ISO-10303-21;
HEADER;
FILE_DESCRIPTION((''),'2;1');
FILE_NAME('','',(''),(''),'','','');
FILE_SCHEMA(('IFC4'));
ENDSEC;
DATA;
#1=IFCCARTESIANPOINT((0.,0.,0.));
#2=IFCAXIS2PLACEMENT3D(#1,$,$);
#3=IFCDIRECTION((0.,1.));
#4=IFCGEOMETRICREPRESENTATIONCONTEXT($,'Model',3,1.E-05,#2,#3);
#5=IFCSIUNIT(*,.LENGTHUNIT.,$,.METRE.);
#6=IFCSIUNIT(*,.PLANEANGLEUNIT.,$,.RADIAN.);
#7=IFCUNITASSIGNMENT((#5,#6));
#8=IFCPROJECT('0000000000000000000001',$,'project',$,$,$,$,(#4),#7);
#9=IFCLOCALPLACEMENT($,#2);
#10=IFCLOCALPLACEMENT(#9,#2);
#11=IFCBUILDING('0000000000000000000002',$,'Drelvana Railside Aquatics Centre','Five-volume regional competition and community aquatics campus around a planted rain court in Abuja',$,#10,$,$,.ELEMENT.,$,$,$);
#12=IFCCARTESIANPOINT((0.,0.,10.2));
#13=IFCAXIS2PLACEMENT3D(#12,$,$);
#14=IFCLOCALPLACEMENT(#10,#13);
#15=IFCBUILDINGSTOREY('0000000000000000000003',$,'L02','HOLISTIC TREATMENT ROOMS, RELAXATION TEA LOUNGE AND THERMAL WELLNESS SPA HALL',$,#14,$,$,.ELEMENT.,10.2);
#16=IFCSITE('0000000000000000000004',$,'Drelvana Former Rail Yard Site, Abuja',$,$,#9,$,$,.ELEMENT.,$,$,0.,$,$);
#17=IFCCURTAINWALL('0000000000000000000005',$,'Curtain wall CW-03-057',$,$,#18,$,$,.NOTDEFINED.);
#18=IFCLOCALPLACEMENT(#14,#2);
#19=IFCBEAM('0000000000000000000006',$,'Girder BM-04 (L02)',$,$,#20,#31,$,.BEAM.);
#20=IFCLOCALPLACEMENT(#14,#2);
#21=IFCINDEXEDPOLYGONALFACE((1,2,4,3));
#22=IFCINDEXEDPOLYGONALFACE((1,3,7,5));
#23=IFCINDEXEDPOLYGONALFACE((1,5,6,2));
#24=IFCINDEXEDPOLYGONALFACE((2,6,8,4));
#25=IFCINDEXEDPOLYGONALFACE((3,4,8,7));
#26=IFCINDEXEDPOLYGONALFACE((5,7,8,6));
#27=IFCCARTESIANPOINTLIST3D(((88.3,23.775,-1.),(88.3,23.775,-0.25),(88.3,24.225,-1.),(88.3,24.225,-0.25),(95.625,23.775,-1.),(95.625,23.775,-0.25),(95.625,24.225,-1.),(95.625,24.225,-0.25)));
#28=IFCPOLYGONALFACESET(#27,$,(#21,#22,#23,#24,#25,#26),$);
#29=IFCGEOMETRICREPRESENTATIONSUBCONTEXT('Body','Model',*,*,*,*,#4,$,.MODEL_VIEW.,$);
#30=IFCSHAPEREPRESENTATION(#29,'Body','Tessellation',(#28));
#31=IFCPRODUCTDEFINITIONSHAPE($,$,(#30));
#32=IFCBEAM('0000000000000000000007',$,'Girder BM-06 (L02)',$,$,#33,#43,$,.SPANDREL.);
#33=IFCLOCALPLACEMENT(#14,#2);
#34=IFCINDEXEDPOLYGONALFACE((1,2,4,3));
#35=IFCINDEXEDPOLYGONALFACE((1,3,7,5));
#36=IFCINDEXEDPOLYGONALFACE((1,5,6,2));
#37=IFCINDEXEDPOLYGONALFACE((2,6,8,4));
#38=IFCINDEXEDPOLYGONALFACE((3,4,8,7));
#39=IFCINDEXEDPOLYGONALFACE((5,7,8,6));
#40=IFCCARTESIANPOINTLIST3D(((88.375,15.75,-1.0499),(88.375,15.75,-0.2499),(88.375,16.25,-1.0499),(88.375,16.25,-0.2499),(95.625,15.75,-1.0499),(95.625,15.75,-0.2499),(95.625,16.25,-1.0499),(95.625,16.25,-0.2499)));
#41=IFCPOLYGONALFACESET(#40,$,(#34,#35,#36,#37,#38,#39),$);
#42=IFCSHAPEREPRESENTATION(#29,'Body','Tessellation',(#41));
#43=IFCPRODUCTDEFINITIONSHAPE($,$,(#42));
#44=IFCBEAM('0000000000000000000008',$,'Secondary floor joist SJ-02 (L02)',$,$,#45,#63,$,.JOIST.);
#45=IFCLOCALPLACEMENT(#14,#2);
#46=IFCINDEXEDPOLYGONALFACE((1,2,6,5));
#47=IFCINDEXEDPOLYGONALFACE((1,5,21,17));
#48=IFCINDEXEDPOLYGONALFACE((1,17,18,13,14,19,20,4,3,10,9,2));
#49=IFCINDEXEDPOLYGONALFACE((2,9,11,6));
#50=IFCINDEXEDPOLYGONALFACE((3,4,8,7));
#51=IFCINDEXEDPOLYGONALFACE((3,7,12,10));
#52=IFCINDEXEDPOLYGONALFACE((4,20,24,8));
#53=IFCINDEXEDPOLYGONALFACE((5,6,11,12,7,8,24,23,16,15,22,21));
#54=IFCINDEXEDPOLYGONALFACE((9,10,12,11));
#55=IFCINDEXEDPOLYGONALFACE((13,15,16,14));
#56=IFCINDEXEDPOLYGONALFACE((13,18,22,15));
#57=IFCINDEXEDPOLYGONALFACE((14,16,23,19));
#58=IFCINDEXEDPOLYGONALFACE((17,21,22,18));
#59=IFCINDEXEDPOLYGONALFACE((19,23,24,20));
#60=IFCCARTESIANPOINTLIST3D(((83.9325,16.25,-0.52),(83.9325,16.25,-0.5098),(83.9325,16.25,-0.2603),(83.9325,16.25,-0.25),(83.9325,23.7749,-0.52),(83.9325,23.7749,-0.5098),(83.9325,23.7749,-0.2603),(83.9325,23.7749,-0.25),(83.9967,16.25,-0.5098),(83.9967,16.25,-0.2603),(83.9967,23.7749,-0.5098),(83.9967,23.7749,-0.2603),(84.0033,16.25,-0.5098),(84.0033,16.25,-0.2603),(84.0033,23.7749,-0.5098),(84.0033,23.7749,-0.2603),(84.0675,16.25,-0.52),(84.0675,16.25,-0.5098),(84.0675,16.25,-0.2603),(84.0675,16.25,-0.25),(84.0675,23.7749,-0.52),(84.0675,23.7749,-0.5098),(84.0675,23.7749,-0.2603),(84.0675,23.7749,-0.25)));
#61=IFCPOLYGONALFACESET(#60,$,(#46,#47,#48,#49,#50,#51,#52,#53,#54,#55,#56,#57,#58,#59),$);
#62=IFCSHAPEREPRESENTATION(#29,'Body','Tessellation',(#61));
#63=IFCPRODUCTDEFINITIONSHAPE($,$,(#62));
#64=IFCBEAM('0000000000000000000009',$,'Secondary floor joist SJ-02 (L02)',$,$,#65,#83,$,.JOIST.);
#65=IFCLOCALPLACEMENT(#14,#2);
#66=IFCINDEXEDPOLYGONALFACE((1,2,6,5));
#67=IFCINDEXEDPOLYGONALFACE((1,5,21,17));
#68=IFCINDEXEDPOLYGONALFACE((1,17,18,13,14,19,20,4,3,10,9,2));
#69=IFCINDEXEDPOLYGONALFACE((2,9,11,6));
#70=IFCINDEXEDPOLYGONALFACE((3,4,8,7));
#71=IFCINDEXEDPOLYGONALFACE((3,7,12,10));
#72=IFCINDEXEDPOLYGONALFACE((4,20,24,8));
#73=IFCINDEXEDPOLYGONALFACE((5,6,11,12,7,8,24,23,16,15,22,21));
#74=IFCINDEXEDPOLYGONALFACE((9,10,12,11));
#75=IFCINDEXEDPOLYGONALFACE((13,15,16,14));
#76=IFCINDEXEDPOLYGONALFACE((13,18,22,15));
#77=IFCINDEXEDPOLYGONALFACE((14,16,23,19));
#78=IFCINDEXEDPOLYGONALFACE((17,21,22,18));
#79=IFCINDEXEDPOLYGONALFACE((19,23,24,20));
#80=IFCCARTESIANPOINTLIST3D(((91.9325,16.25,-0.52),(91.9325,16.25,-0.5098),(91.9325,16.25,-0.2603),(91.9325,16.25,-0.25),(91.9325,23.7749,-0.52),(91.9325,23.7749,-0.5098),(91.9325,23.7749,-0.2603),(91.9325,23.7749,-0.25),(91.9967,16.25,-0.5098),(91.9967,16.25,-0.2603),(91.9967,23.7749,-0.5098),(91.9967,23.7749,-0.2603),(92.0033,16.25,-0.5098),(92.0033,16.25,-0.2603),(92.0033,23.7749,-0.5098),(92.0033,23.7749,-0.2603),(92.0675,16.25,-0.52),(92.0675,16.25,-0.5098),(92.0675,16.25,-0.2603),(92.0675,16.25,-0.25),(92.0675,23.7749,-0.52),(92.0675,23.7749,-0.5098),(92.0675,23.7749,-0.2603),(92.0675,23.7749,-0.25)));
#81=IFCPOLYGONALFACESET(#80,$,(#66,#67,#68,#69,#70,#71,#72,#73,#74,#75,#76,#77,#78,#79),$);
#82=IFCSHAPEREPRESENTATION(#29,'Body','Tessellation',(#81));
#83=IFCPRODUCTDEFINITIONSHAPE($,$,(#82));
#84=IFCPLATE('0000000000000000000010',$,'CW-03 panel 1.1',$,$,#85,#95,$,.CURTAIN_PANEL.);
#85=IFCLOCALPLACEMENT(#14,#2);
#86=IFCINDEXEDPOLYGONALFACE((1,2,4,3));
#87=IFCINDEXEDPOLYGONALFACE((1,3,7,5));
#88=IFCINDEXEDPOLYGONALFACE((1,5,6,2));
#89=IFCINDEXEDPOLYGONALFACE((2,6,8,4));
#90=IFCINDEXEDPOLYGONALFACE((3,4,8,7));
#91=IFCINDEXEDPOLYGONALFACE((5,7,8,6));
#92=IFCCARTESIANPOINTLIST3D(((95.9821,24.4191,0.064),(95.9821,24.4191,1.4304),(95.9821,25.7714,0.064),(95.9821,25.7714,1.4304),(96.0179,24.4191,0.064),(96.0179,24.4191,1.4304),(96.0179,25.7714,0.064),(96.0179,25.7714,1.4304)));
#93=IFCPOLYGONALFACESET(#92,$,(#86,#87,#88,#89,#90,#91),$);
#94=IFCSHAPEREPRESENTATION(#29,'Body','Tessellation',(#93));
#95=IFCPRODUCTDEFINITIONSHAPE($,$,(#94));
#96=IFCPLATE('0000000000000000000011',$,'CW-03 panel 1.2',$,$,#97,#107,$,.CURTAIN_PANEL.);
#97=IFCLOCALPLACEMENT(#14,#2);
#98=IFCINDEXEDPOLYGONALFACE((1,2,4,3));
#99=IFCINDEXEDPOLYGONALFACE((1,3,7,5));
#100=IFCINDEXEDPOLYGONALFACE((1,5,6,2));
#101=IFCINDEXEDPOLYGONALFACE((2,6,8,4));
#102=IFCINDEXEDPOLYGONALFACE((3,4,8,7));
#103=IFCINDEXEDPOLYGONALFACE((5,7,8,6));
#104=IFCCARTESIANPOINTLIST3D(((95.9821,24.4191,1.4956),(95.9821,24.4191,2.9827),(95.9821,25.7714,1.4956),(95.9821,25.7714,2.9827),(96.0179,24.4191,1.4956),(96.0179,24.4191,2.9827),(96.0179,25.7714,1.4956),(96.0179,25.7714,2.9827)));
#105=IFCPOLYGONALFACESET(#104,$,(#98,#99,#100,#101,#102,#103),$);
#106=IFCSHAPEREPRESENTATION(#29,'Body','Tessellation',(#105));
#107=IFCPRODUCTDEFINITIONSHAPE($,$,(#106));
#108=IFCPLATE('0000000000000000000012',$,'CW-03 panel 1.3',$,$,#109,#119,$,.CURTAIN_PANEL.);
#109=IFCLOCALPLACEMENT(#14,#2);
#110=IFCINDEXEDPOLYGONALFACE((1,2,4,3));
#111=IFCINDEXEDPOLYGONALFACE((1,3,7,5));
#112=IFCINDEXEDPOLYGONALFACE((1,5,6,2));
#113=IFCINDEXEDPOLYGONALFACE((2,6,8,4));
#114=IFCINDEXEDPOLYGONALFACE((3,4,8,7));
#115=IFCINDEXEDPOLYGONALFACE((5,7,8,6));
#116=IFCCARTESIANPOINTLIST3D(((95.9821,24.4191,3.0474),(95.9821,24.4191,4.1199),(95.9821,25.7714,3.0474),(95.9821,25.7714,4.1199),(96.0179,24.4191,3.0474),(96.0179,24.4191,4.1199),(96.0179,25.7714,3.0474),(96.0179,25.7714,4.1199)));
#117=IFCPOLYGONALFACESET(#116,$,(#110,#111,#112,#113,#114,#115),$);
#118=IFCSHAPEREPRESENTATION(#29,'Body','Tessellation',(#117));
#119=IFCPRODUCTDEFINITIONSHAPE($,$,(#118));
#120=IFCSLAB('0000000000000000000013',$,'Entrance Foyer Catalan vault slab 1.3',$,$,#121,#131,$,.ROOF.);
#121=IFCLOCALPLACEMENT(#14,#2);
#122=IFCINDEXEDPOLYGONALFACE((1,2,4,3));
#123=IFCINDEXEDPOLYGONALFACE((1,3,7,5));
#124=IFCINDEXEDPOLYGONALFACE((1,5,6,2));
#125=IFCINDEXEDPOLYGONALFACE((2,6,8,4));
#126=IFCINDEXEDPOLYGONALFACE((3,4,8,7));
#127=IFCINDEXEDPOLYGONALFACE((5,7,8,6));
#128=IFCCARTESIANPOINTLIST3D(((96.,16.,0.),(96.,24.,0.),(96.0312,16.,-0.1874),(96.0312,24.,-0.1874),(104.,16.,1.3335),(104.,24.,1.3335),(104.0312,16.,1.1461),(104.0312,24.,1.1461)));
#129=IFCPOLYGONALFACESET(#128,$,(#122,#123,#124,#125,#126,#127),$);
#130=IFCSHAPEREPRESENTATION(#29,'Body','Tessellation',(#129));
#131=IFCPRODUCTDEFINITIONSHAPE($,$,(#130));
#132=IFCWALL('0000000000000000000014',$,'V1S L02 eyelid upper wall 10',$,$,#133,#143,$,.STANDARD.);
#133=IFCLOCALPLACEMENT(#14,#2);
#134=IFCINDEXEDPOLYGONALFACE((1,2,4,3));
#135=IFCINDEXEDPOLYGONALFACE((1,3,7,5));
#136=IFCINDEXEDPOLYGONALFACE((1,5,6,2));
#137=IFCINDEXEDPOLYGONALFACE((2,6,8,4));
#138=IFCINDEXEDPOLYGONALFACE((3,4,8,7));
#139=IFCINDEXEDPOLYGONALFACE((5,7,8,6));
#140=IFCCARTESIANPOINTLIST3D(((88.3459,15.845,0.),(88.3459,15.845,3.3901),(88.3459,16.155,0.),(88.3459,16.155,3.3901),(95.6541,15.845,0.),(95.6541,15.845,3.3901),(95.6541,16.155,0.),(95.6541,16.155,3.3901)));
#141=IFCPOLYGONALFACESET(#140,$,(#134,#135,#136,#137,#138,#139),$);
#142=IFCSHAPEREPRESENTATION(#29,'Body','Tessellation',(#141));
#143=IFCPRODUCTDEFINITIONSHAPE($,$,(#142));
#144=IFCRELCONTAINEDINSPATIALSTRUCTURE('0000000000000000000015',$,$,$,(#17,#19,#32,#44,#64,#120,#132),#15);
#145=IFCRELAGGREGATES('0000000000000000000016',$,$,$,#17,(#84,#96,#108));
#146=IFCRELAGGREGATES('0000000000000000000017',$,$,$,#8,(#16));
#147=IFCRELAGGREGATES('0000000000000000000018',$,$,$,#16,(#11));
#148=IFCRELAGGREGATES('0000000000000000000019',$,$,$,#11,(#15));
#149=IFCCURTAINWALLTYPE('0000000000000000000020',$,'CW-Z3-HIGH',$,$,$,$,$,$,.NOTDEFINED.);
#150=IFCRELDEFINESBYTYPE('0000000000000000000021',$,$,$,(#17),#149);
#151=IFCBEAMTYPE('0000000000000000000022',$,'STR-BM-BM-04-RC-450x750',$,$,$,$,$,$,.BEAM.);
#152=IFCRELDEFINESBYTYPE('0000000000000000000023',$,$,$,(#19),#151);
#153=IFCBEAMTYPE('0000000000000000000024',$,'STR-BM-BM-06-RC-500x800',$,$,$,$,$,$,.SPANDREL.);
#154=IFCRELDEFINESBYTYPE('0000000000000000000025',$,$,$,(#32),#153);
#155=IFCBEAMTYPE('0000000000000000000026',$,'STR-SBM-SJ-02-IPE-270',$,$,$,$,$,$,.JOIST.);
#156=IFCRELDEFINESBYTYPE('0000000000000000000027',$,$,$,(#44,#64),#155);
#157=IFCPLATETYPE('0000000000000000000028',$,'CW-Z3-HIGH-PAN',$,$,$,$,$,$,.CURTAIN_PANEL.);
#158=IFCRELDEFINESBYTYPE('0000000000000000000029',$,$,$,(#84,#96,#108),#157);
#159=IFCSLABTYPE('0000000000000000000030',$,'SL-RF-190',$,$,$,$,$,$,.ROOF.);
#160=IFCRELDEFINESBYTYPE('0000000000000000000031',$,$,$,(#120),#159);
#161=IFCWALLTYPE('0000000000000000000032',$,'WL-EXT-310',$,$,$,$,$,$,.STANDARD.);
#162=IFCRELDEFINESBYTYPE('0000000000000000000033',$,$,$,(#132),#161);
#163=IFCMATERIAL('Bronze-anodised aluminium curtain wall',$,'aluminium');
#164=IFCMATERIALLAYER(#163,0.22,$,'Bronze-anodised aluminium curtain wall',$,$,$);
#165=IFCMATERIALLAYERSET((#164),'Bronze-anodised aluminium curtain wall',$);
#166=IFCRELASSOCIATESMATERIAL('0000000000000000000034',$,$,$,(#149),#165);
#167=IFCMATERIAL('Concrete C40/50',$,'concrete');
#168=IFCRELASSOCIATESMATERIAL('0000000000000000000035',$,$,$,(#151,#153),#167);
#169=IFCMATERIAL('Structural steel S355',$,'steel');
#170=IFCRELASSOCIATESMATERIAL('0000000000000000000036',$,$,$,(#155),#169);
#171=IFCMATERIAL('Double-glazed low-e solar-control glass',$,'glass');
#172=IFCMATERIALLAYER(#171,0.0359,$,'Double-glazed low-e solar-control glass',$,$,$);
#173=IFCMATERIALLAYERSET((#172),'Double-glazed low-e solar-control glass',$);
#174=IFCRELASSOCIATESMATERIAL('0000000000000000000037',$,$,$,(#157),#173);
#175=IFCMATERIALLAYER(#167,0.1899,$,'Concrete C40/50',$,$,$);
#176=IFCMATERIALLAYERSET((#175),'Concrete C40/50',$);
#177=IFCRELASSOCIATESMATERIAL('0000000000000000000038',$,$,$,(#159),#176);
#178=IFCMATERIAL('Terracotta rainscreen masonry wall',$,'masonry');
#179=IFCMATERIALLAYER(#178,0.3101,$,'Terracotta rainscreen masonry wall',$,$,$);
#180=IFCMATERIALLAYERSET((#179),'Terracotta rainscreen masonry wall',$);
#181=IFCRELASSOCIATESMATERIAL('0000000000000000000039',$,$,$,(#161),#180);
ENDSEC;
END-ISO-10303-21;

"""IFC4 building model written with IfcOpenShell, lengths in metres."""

from ifc_helpers import new_model, si_unit, direction, frame, frame_2d, origin, origin_2d, place, context, subcontext, project, spatial, polyline, rectangle, i_section, outline, extrude, material, layer, layer_set, material_profile, profile_set, type_object, element, aggregate, save


model = new_model("IFC4")

# Units and contexts
model_context = context("Model", 3, precision=1e-05, world=origin(), true_north=direction((0.0, 1.0)))
body_context = subcontext(model_context, "Body", "Model", "MODEL_VIEW")
ifc_project = project(units=[si_unit("LENGTHUNIT", "METRE"), si_unit("PLANEANGLEUNIT", "RADIAN")], contexts=[model_context])

# Site, building, storey
site_placement = place(None, origin())
site = spatial("IfcSite", under=ifc_project, at=site_placement, Name="Drelvana Former Rail Yard Site, Abuja", CompositionType="ELEMENT", RefElevation=0.0)
building_placement = place(site_placement, origin())
building = spatial("IfcBuilding", under=site, at=building_placement, Name="Drelvana Railside Aquatics Centre", Description="Five-volume regional competition and community aquatics campus around a planted rain court in Abuja", CompositionType="ELEMENT")
storey_placement = place(building_placement, frame((0.0, 0.0, 10.2)))
storey = spatial("IfcBuildingStorey", under=building, at=storey_placement, Name="L02", Description="HOLISTIC TREATMENT ROOMS, RELAXATION TEA LOUNGE AND THERMAL WELLNESS SPA HALL", CompositionType="ELEMENT", Elevation=10.2)

# Shared definitions
ifc_material_1 = material(Name="Concrete C40/50", Category="concrete")

# Curtain wall
ifc_material_2 = material(Name="Bronze-anodised aluminium curtain wall", Category="aluminium")
ifc_layer_1 = layer(ifc_material_2, 0.22, Name="Bronze-anodised aluminium curtain wall")
ifc_layer_set_1 = layer_set([ifc_layer_1], Name="Bronze-anodised aluminium curtain wall")
curtain_wall_type = type_object("IfcCurtainWallType", Name="CW-Z3-HIGH", PredefinedType="NOTDEFINED", material=ifc_layer_set_1)
curtain_wall_placement = place(storey_placement, origin())
curtain_wall = element("IfcCurtainWall", 1, at=curtain_wall_placement, inside=storey, type_object=curtain_wall_type, Name="Curtain wall CW-03-057", PredefinedType="NOTDEFINED")

# Beams
ifc_material_profile_1 = material_profile(ifc_material_1, rectangle(XDim=0.45, YDim=0.75, at=origin_2d()), Name="RC 450x750")
ifc_profile_set_1 = profile_set([ifc_material_profile_1], Name="Concrete C40/50")
beam_type_1 = type_object("IfcBeamType", Name="STR-BM-BM-04-RC-450x750", PredefinedType="BEAM", material=ifc_profile_set_1)
beam_1_placement = place(storey_placement, frame((88.3, 24.0, -0.625), z_axis=(1.0, 0.0, 0.0), x_axis=(0.0, 1.0, 0.0)))
element("IfcBeam", 2, at=beam_1_placement, inside=storey, type_object=beam_type_1, Name="Girder BM-04 (L02)", PredefinedType="BEAM", context=body_context, shape_type="SweptSolid", body=[
    extrude(rectangle(XDim=0.45, YDim=0.75, at=origin_2d()), origin(), (0.0, 0.0, 1.0), 7.325),
])
ifc_material_profile_2 = material_profile(ifc_material_1, rectangle(XDim=0.5, YDim=0.8, at=origin_2d()), Name="RC 500x800")
ifc_profile_set_2 = profile_set([ifc_material_profile_2], Name="Concrete C40/50")
beam_type_2 = type_object("IfcBeamType", Name="STR-BM-BM-06-RC-500x800", PredefinedType="SPANDREL", material=ifc_profile_set_2)
beam_2_placement = place(storey_placement, frame((88.375, 16.0, -0.6499), z_axis=(1.0, 0.0, 0.0), x_axis=(0.0, 1.0, 0.0)))
element("IfcBeam", 3, at=beam_2_placement, inside=storey, type_object=beam_type_2, Name="Girder BM-06 (L02)", PredefinedType="SPANDREL", context=body_context, shape_type="SweptSolid", body=[
    extrude(rectangle(XDim=0.5, YDim=0.8, at=origin_2d()), origin(), (0.0, 0.0, 1.0), 7.25),
])
ifc_material_3 = material(Name="Structural steel S355", Category="steel")
ifc_material_profile_3 = material_profile(ifc_material_3, i_section(OverallWidth=0.135, OverallDepth=0.27, WebThickness=0.0066, FlangeThickness=0.0103, at=origin_2d()), Name="IPE 270")
ifc_profile_set_3 = profile_set([ifc_material_profile_3], Name="Structural steel S355")
beam_type_3 = type_object("IfcBeamType", Name="STR-SBM-SJ-02-IPE-270", PredefinedType="JOIST", material=ifc_profile_set_3)
for number, where, z_axis, x_axis, name in (
    (4, (84.0, 16.25, -0.385), (0.0, 1.0, 0.0), (-1.0, 0.0, 0.0), "Secondary floor joist SJ-02 (L02)"),
    (5, (92.0, 16.25, -0.385), (0.0, 1.0, 0.0), (-1.0, 0.0, 0.0), "Secondary floor joist SJ-02 (L02)"),
):
    element("IfcBeam", number, at=place(storey_placement, frame(where, z_axis=z_axis, x_axis=x_axis)), inside=storey, type_object=beam_type_3, Name=name, PredefinedType="JOIST", context=body_context, shape_type="SweptSolid", body=[
        extrude(i_section(OverallWidth=0.135, OverallDepth=0.27, WebThickness=0.0066, FlangeThickness=0.0103, at=origin_2d()), origin(), (0.0, 0.0, 1.0), 7.5249),
    ])

# Plates
ifc_material_4 = material(Name="Double-glazed low-e solar-control glass", Category="glass")
ifc_layer_2 = layer(ifc_material_4, 0.0359, Name="Double-glazed low-e solar-control glass")
ifc_layer_set_2 = layer_set([ifc_layer_2], Name="Double-glazed low-e solar-control glass")
plate_type = type_object("IfcPlateType", Name="CW-Z3-HIGH-PAN", PredefinedType="CURTAIN_PANEL", material=ifc_layer_set_2)
plate_1_placement = place(storey_placement, frame((96.0, 25.0952, 0.064), z_axis=(0.0, 0.0, 1.0), x_axis=(0.0, 1.0, 0.0)))
plate_1 = element("IfcPlate", 6, at=plate_1_placement, type_object=plate_type, Name="CW-03 panel 1.1", PredefinedType="CURTAIN_PANEL", context=body_context, shape_type="SweptSolid", body=[
    extrude(rectangle(XDim=1.3523, YDim=0.0359, at=origin_2d()), origin(), (0.0, 0.0, 1.0), 1.3665),
])
plate_2_placement = place(storey_placement, frame((96.0, 25.0952, 1.4956), z_axis=(0.0, 0.0, 1.0), x_axis=(0.0, 1.0, 0.0)))
plate_2 = element("IfcPlate", 7, at=plate_2_placement, type_object=plate_type, Name="CW-03 panel 1.2", PredefinedType="CURTAIN_PANEL", context=body_context, shape_type="SweptSolid", body=[
    extrude(rectangle(XDim=1.3523, YDim=0.0359, at=origin_2d()), origin(), (0.0, 0.0, 1.0), 1.4871),
])
plate_3_placement = place(storey_placement, frame((96.0, 25.0952, 3.0474), z_axis=(0.0, 0.0, 1.0), x_axis=(0.0, 1.0, 0.0)))
plate_3 = element("IfcPlate", 8, at=plate_3_placement, type_object=plate_type, Name="CW-03 panel 1.3", PredefinedType="CURTAIN_PANEL", context=body_context, shape_type="SweptSolid", body=[
    extrude(rectangle(XDim=1.3523, YDim=0.0359, at=origin_2d()), origin(), (0.0, 0.0, 1.0), 1.0725),
])
aggregate(curtain_wall, [plate_1, plate_2, plate_3])

# Slab
ifc_layer_3 = layer(ifc_material_1, 0.1899, Name="Concrete C40/50")
ifc_layer_set_3 = layer_set([ifc_layer_3], Name="Concrete C40/50")
slab_type = type_object("IfcSlabType", Name="SL-RF-190", PredefinedType="ROOF", material=ifc_layer_set_3)
slab_placement = place(storey_placement, frame((96.0, 16.0, 0.0), z_axis=(-0.164419, 0.0, 0.986391), x_axis=(0.986391, 0.0, 0.164419)))
element("IfcSlab", 9, at=slab_placement, inside=storey, type_object=slab_type, Name="Entrance Foyer Catalan vault slab 1.3", PredefinedType="ROOF", context=body_context, shape_type="SweptSolid", body=[
    extrude(outline(polyline([(0.0, 0.0), (8.1104, 0.0), (8.1104, 8.0), (0.0, 8.0), (0.0, 0.0)])), origin(), (0.0, 0.0, -1.0), 0.1899),
])

# Wall
ifc_material_5 = material(Name="Terracotta rainscreen masonry wall", Category="masonry")
ifc_layer_4 = layer(ifc_material_5, 0.3101, Name="Terracotta rainscreen masonry wall")
ifc_layer_set_4 = layer_set([ifc_layer_4], Name="Terracotta rainscreen masonry wall")
wall_type = type_object("IfcWallType", Name="WL-EXT-310", PredefinedType="STANDARD", material=ifc_layer_set_4)
wall_placement = place(storey_placement, frame((88.3459, 16.0, 0.0), z_axis=(0.0, 0.0, 1.0), x_axis=(1.0, 0.0, 0.0)))
element("IfcWall", 10, at=wall_placement, inside=storey, type_object=wall_type, Name="V1S L02 eyelid upper wall 10", PredefinedType="STANDARD", context=body_context, shape_type="SweptSolid", body=[
    extrude(rectangle(XDim=7.3081, YDim=0.3101, at=frame_2d((3.6541, 0.0))), origin(), (0.0, 0.0, 1.0), 3.3901),
])

save(model, "model.ifc")
